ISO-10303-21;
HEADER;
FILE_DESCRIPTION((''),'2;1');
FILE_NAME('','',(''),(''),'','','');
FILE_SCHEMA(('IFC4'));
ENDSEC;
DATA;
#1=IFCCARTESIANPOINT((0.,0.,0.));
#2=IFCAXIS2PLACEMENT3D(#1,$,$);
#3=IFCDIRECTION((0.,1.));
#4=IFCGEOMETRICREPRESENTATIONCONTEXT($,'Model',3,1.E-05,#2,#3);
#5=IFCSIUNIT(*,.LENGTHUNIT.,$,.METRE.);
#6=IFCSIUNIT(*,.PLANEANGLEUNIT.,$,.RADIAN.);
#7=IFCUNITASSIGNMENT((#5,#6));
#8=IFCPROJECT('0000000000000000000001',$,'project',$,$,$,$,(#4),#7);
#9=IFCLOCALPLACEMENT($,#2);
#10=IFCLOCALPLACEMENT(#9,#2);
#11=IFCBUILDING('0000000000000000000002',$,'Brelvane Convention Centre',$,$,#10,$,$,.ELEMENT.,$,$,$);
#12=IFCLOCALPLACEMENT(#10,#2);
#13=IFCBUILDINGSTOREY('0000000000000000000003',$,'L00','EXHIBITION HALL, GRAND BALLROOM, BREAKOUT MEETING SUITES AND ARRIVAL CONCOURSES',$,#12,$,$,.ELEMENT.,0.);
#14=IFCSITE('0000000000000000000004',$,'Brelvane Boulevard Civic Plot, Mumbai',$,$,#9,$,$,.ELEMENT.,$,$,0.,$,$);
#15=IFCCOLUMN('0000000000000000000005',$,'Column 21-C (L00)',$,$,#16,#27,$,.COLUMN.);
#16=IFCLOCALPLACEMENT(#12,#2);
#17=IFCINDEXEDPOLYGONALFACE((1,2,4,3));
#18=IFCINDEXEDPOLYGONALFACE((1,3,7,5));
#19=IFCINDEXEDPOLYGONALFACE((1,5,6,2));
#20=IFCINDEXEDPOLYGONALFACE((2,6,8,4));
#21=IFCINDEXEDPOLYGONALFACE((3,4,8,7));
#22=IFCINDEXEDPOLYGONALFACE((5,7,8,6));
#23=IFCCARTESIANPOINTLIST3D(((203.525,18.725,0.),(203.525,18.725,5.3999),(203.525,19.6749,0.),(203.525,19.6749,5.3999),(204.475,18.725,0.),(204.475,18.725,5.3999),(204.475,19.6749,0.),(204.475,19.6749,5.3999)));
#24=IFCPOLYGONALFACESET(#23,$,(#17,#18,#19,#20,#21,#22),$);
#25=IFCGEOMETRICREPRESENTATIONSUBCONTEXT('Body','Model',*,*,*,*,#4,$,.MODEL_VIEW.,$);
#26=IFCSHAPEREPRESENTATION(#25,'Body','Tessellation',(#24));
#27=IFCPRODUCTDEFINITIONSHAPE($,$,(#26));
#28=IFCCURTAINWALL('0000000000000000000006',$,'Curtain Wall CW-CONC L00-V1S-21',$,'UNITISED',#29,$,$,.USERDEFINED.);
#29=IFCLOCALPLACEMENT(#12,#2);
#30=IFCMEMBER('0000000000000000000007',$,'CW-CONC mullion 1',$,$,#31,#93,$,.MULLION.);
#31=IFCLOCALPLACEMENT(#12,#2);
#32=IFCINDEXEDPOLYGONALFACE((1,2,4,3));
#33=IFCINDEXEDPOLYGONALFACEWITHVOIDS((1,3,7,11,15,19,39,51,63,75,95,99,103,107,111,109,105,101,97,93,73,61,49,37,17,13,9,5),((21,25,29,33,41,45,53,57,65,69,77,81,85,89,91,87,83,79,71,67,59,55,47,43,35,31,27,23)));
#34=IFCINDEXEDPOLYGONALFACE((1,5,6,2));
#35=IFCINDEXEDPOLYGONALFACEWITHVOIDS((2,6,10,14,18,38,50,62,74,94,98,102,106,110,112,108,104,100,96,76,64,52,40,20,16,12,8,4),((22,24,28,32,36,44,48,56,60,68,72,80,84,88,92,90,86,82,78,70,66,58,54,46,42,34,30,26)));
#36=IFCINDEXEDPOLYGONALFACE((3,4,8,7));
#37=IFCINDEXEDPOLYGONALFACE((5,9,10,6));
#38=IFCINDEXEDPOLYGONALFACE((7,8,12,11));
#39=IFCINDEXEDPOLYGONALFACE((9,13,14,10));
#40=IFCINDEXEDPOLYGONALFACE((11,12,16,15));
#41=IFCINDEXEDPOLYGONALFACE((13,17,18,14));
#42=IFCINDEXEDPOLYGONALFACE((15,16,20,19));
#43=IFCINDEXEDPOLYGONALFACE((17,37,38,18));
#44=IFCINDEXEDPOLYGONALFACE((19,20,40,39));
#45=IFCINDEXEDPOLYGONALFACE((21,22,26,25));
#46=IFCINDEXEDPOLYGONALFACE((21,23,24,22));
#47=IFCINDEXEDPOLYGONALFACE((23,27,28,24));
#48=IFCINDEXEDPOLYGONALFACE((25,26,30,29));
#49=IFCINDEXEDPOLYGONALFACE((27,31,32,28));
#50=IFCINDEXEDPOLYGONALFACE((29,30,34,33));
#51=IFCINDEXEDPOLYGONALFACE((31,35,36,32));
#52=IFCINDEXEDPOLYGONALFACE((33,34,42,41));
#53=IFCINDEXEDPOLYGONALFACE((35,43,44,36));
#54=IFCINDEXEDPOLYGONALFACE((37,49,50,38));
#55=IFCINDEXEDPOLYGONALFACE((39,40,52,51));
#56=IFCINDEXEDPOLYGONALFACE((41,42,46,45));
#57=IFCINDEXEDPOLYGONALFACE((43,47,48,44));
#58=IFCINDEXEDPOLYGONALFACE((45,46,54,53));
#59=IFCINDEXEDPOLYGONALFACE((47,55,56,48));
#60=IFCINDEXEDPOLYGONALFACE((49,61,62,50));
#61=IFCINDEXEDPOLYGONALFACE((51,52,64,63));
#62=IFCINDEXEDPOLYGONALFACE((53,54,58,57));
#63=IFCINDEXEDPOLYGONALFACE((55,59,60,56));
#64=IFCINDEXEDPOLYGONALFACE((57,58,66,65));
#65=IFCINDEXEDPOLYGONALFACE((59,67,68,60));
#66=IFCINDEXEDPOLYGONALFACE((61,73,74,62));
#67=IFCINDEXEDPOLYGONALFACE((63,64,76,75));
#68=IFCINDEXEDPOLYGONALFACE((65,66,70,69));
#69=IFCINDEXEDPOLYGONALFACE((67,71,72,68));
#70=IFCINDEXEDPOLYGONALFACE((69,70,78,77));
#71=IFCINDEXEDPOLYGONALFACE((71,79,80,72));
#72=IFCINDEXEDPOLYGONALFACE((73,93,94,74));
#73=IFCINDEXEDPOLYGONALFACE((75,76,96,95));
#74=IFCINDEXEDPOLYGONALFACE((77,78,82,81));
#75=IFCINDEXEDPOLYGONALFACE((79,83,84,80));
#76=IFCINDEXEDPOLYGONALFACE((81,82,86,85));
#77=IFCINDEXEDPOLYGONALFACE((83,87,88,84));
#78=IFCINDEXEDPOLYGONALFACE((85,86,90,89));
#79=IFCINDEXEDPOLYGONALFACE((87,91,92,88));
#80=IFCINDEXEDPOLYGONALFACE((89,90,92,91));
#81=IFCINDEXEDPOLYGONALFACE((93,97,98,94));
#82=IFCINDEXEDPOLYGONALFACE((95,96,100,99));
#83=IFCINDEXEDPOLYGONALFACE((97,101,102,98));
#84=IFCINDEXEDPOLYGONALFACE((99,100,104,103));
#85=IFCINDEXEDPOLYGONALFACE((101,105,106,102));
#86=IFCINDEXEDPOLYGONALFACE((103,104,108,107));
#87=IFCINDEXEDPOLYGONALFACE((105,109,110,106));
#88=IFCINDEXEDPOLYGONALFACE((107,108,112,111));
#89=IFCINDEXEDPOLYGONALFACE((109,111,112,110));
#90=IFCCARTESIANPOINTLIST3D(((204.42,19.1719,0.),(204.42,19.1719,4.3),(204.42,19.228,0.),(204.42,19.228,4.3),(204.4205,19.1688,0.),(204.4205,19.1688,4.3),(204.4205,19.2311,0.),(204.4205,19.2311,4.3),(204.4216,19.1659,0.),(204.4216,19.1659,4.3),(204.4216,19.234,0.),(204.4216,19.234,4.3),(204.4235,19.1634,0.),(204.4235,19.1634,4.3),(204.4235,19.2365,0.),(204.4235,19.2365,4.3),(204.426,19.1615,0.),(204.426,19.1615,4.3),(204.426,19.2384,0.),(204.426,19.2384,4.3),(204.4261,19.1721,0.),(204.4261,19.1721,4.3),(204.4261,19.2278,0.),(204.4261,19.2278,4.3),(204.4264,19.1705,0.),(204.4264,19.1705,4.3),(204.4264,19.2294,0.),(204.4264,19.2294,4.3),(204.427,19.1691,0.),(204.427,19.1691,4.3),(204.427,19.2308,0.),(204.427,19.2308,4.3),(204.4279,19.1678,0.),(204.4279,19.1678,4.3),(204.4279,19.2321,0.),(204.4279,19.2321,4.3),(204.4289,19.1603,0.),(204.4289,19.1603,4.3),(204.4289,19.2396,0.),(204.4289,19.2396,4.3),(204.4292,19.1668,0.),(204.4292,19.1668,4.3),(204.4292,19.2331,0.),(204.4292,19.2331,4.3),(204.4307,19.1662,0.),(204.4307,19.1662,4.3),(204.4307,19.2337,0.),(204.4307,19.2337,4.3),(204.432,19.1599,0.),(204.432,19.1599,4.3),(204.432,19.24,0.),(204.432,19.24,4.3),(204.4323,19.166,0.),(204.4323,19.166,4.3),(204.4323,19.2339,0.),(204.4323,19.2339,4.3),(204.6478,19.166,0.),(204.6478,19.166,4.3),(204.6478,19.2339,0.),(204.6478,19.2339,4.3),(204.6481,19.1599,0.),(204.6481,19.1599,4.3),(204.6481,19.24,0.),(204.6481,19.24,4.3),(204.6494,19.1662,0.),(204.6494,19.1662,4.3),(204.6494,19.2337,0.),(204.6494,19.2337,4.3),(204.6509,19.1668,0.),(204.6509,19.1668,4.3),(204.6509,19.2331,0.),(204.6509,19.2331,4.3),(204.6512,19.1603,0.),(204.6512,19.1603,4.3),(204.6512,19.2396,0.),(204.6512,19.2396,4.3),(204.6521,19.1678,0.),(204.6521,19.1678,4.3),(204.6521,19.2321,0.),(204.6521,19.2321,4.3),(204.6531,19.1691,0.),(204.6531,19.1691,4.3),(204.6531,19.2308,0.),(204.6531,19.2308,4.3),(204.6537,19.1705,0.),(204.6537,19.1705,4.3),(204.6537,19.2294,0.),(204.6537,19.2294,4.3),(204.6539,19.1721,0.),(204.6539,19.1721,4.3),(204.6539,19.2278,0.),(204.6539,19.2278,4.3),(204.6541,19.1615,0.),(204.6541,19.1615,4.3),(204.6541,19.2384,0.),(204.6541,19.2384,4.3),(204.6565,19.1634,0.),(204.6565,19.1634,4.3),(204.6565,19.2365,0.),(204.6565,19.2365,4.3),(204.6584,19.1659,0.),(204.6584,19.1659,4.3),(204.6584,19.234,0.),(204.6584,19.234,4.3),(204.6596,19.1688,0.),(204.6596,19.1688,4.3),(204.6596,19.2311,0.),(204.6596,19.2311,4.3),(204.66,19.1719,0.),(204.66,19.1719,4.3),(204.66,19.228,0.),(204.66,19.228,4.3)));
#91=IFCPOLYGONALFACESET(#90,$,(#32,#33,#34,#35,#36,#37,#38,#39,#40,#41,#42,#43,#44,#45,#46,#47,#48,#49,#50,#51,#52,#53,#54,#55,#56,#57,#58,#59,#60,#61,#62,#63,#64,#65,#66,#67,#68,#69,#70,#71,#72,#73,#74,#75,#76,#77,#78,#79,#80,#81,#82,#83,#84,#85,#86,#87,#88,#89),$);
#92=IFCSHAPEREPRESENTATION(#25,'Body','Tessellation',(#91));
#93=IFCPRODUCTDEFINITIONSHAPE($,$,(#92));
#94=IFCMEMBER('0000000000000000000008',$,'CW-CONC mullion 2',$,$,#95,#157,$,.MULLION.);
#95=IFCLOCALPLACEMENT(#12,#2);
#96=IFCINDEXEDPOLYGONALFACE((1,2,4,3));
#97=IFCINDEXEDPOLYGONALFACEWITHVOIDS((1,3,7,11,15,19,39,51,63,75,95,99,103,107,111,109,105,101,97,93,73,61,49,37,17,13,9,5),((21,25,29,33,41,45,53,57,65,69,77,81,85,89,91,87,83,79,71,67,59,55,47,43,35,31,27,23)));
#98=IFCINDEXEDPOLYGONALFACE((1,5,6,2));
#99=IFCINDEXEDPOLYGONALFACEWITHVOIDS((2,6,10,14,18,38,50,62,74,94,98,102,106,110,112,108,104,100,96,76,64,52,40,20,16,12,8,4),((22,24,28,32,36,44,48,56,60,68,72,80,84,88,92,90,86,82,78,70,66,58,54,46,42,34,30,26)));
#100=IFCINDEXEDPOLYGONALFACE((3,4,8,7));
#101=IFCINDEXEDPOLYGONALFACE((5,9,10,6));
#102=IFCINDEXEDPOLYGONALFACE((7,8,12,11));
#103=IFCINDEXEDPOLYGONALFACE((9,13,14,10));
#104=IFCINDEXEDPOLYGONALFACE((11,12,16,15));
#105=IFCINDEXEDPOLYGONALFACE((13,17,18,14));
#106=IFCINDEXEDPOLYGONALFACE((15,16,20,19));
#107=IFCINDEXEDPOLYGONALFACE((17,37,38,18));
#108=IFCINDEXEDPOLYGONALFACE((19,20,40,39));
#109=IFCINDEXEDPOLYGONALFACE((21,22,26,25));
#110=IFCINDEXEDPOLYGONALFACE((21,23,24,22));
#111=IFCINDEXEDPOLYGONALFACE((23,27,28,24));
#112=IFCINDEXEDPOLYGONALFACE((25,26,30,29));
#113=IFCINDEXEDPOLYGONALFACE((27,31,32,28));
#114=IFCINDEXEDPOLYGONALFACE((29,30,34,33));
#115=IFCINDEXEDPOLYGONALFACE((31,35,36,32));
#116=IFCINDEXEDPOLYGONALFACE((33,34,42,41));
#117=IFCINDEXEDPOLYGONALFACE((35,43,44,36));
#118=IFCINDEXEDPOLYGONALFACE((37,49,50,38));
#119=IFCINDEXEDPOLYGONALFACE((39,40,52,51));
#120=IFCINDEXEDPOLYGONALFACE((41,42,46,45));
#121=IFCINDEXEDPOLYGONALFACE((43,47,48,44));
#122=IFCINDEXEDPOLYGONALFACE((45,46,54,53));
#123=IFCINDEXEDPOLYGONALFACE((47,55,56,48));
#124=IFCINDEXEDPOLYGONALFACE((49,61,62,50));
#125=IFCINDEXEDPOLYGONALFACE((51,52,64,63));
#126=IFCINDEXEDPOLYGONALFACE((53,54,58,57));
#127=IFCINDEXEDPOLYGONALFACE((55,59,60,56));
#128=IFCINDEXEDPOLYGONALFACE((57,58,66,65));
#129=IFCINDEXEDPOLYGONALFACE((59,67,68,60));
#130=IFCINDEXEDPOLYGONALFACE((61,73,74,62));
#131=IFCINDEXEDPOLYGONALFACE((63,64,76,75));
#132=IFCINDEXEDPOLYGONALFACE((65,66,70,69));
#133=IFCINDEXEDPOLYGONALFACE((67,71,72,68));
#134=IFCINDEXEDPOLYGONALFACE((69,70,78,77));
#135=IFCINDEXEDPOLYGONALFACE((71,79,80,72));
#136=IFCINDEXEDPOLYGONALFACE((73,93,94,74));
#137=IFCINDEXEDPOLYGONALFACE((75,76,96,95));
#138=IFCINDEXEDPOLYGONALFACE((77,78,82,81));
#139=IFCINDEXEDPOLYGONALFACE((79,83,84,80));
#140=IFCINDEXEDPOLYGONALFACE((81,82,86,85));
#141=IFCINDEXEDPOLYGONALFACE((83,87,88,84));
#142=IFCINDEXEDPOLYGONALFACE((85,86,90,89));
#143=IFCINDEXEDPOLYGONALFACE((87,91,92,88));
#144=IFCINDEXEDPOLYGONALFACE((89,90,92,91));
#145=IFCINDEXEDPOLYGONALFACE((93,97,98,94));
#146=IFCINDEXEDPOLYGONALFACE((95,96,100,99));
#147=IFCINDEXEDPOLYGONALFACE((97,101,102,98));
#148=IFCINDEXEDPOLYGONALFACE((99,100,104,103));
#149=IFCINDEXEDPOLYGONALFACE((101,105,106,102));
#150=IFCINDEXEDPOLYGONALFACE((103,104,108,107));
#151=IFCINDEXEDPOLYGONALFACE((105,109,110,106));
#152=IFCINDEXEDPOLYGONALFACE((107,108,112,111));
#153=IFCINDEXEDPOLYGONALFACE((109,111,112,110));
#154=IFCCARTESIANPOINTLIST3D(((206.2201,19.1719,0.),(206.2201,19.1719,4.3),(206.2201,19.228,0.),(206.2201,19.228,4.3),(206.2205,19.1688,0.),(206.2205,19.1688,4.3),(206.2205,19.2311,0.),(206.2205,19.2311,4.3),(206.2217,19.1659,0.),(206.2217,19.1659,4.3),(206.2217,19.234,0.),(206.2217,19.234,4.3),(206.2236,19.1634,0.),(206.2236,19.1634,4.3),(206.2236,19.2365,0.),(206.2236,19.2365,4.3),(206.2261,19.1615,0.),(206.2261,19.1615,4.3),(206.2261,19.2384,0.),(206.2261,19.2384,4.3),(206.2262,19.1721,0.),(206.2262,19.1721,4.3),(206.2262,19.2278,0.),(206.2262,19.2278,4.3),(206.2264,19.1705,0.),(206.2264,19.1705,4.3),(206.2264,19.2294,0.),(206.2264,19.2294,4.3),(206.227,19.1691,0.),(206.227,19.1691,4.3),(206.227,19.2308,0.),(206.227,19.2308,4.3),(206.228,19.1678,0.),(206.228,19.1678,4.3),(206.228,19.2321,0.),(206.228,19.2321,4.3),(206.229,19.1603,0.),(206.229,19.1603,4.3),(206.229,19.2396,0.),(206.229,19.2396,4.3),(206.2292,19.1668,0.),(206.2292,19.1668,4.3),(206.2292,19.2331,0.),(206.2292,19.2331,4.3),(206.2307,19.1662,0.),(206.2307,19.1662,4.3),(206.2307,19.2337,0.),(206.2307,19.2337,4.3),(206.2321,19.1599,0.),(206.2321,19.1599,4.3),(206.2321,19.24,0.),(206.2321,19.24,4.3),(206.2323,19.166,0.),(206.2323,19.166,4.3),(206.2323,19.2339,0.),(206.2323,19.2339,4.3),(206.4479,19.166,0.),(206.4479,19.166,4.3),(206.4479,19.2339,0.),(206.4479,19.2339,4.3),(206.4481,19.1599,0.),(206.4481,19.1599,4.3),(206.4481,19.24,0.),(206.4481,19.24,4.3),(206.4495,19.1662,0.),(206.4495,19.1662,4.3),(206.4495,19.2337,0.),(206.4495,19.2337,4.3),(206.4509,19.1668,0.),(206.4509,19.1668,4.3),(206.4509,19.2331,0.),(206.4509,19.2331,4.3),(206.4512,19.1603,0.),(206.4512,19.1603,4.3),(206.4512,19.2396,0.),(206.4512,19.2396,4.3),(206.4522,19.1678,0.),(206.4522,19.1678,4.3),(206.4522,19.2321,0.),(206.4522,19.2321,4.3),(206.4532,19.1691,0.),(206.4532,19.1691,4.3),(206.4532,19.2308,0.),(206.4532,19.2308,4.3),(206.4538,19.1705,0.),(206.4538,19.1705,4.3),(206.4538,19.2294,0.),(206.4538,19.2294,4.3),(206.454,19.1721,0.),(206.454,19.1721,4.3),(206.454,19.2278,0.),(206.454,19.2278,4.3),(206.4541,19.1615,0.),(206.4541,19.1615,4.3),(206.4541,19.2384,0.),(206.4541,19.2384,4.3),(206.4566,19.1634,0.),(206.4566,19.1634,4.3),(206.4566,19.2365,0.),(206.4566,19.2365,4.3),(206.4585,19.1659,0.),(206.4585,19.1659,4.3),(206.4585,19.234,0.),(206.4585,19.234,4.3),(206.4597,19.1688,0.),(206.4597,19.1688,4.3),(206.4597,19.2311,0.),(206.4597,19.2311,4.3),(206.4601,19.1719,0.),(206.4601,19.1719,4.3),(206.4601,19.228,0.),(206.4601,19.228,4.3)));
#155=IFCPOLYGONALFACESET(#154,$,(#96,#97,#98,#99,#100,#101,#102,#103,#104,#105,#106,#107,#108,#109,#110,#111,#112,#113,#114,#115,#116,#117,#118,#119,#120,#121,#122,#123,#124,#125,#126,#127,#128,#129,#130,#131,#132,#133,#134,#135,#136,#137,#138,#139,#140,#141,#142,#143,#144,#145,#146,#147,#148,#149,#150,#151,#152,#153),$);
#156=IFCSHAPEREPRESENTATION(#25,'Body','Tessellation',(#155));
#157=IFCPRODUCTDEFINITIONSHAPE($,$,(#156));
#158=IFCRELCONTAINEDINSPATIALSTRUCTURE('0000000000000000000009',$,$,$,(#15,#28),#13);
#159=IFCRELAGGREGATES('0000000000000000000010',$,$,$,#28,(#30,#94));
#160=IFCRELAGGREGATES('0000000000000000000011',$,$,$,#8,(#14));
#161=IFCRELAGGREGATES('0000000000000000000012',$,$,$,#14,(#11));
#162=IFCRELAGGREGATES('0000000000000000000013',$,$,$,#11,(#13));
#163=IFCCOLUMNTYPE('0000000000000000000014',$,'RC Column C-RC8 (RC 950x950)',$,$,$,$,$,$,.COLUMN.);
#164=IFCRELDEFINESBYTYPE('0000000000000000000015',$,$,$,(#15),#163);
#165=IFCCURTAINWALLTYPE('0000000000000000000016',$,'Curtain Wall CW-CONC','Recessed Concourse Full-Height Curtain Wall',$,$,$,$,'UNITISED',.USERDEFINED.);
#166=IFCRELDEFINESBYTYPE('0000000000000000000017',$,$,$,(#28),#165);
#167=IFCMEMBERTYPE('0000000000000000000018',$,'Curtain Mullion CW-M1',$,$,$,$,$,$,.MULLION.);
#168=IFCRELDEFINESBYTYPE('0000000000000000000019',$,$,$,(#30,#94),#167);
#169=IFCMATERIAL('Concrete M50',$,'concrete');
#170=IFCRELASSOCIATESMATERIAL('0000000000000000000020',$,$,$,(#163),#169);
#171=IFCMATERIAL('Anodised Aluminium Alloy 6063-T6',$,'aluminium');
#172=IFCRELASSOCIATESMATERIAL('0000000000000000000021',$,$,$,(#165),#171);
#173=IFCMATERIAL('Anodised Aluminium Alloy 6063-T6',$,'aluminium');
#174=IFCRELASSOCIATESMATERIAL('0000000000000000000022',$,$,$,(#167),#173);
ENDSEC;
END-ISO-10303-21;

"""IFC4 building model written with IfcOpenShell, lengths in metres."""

from ifc_helpers import new_model, si_unit, direction, frame, origin, origin_2d, place, context, subcontext, project, spatial, rectangle, hollow_rectangle, extrude, material, material_profile, profile_set, type_object, element, aggregate, save


model = new_model("IFC4")

# Units and contexts
model_context = context("Model", 3, precision=1e-05, world=origin(), true_north=direction((0.0, 1.0)))
body_context = subcontext(model_context, "Body", "Model", "MODEL_VIEW")
ifc_project = project(units=[si_unit("LENGTHUNIT", "METRE"), si_unit("PLANEANGLEUNIT", "RADIAN")], contexts=[model_context])

# Site, building, storey
site_placement = place(None, origin())
site = spatial("IfcSite", under=ifc_project, at=site_placement, Name="Brelvane Boulevard Civic Plot, Mumbai", CompositionType="ELEMENT", RefElevation=0.0)
building_placement = place(site_placement, origin())
building = spatial("IfcBuilding", under=site, at=building_placement, Name="Brelvane Convention Centre", CompositionType="ELEMENT")
storey_placement = place(building_placement, origin())
storey = spatial("IfcBuildingStorey", under=building, at=storey_placement, Name="L00", Description="EXHIBITION HALL, GRAND BALLROOM, BREAKOUT MEETING SUITES AND ARRIVAL CONCOURSES", CompositionType="ELEMENT", Elevation=0.0)

# Column
ifc_material_1 = material(Name="Concrete M50", Category="concrete")
ifc_material_profile_1 = material_profile(ifc_material_1, rectangle(XDim=0.95, YDim=0.95, at=origin_2d()), Name="RC 950x950")
ifc_profile_set_1 = profile_set([ifc_material_profile_1], Name="Concrete M50")
column_type = type_object("IfcColumnType", Name="RC Column C-RC8 (RC 950x950)", PredefinedType="COLUMN", material=ifc_profile_set_1)
column_placement = place(storey_placement, frame((204.0, 19.2, 0.0), z_axis=(0.0, 0.0, 1.0), x_axis=(1.0, 0.0, 0.0)))
element("IfcColumn", 1, at=column_placement, inside=storey, type_object=column_type, Name="Column 21-C (L00)", PredefinedType="COLUMN", context=body_context, shape_type="SweptSolid", body=[
    extrude(rectangle(XDim=0.95, YDim=0.95, at=origin_2d()), origin(), (0.0, 0.0, 1.0), 5.3999),
])

# Curtain wall, members
ifc_material_2 = material(Name="Anodised Aluminium Alloy 6063-T6", Category="aluminium")
curtain_wall_type = type_object("IfcCurtainWallType", Name="Curtain Wall CW-CONC", Description="Recessed Concourse Full-Height Curtain Wall", ElementType="UNITISED", PredefinedType="USERDEFINED", material=ifc_material_2)
curtain_wall_placement = place(storey_placement, origin())
curtain_wall = element("IfcCurtainWall", 2, at=curtain_wall_placement, inside=storey, type_object=curtain_wall_type, Name="Curtain Wall CW-CONC L00-V1S-21", ObjectType="UNITISED", PredefinedType="USERDEFINED")
ifc_material_3 = material(Name="Anodised Aluminium Alloy 6063-T6", Category="aluminium")
ifc_material_profile_2 = material_profile(ifc_material_3, hollow_rectangle(XDim=0.0801, YDim=0.24, WallThickness=0.0061, InnerFilletRadius=0.0061, OuterFilletRadius=0.012, at=origin_2d()), Name="ALU-M 240x80x6.0")
ifc_profile_set_2 = profile_set([ifc_material_profile_2], Name="Anodised Aluminium Alloy 6063-T6")
member_type_1 = type_object("IfcMemberType", Name="Curtain Mullion CW-M1", PredefinedType="MULLION", material=ifc_profile_set_2)
member_1_placement = place(storey_placement, frame((204.54, 19.2, 0.0), z_axis=(0.0, 0.0, 1.0), x_axis=(0.0, 1.0, 0.0)))
member_1 = element("IfcMember", 3, at=member_1_placement, type_object=member_type_1, Name="CW-CONC mullion 1", PredefinedType="MULLION", context=body_context, shape_type="SweptSolid", body=[
    extrude(hollow_rectangle(XDim=0.0801, YDim=0.24, WallThickness=0.0061, InnerFilletRadius=0.0061, OuterFilletRadius=0.012, at=origin_2d()), origin(), (0.0, 0.0, 1.0), 4.3),
])
member_2_placement = place(storey_placement, frame((206.3401, 19.2, 0.0), z_axis=(0.0, 0.0, 1.0), x_axis=(0.0, 1.0, 0.0)))
member_2 = element("IfcMember", 4, at=member_2_placement, type_object=member_type_1, Name="CW-CONC mullion 2", PredefinedType="MULLION", context=body_context, shape_type="SweptSolid", body=[
    extrude(hollow_rectangle(XDim=0.0801, YDim=0.24, WallThickness=0.0061, InnerFilletRadius=0.0061, OuterFilletRadius=0.012, at=origin_2d()), origin(), (0.0, 0.0, 1.0), 4.3),
])

aggregate(curtain_wall, [member_1, member_2])

save(model, "model.ifc")
